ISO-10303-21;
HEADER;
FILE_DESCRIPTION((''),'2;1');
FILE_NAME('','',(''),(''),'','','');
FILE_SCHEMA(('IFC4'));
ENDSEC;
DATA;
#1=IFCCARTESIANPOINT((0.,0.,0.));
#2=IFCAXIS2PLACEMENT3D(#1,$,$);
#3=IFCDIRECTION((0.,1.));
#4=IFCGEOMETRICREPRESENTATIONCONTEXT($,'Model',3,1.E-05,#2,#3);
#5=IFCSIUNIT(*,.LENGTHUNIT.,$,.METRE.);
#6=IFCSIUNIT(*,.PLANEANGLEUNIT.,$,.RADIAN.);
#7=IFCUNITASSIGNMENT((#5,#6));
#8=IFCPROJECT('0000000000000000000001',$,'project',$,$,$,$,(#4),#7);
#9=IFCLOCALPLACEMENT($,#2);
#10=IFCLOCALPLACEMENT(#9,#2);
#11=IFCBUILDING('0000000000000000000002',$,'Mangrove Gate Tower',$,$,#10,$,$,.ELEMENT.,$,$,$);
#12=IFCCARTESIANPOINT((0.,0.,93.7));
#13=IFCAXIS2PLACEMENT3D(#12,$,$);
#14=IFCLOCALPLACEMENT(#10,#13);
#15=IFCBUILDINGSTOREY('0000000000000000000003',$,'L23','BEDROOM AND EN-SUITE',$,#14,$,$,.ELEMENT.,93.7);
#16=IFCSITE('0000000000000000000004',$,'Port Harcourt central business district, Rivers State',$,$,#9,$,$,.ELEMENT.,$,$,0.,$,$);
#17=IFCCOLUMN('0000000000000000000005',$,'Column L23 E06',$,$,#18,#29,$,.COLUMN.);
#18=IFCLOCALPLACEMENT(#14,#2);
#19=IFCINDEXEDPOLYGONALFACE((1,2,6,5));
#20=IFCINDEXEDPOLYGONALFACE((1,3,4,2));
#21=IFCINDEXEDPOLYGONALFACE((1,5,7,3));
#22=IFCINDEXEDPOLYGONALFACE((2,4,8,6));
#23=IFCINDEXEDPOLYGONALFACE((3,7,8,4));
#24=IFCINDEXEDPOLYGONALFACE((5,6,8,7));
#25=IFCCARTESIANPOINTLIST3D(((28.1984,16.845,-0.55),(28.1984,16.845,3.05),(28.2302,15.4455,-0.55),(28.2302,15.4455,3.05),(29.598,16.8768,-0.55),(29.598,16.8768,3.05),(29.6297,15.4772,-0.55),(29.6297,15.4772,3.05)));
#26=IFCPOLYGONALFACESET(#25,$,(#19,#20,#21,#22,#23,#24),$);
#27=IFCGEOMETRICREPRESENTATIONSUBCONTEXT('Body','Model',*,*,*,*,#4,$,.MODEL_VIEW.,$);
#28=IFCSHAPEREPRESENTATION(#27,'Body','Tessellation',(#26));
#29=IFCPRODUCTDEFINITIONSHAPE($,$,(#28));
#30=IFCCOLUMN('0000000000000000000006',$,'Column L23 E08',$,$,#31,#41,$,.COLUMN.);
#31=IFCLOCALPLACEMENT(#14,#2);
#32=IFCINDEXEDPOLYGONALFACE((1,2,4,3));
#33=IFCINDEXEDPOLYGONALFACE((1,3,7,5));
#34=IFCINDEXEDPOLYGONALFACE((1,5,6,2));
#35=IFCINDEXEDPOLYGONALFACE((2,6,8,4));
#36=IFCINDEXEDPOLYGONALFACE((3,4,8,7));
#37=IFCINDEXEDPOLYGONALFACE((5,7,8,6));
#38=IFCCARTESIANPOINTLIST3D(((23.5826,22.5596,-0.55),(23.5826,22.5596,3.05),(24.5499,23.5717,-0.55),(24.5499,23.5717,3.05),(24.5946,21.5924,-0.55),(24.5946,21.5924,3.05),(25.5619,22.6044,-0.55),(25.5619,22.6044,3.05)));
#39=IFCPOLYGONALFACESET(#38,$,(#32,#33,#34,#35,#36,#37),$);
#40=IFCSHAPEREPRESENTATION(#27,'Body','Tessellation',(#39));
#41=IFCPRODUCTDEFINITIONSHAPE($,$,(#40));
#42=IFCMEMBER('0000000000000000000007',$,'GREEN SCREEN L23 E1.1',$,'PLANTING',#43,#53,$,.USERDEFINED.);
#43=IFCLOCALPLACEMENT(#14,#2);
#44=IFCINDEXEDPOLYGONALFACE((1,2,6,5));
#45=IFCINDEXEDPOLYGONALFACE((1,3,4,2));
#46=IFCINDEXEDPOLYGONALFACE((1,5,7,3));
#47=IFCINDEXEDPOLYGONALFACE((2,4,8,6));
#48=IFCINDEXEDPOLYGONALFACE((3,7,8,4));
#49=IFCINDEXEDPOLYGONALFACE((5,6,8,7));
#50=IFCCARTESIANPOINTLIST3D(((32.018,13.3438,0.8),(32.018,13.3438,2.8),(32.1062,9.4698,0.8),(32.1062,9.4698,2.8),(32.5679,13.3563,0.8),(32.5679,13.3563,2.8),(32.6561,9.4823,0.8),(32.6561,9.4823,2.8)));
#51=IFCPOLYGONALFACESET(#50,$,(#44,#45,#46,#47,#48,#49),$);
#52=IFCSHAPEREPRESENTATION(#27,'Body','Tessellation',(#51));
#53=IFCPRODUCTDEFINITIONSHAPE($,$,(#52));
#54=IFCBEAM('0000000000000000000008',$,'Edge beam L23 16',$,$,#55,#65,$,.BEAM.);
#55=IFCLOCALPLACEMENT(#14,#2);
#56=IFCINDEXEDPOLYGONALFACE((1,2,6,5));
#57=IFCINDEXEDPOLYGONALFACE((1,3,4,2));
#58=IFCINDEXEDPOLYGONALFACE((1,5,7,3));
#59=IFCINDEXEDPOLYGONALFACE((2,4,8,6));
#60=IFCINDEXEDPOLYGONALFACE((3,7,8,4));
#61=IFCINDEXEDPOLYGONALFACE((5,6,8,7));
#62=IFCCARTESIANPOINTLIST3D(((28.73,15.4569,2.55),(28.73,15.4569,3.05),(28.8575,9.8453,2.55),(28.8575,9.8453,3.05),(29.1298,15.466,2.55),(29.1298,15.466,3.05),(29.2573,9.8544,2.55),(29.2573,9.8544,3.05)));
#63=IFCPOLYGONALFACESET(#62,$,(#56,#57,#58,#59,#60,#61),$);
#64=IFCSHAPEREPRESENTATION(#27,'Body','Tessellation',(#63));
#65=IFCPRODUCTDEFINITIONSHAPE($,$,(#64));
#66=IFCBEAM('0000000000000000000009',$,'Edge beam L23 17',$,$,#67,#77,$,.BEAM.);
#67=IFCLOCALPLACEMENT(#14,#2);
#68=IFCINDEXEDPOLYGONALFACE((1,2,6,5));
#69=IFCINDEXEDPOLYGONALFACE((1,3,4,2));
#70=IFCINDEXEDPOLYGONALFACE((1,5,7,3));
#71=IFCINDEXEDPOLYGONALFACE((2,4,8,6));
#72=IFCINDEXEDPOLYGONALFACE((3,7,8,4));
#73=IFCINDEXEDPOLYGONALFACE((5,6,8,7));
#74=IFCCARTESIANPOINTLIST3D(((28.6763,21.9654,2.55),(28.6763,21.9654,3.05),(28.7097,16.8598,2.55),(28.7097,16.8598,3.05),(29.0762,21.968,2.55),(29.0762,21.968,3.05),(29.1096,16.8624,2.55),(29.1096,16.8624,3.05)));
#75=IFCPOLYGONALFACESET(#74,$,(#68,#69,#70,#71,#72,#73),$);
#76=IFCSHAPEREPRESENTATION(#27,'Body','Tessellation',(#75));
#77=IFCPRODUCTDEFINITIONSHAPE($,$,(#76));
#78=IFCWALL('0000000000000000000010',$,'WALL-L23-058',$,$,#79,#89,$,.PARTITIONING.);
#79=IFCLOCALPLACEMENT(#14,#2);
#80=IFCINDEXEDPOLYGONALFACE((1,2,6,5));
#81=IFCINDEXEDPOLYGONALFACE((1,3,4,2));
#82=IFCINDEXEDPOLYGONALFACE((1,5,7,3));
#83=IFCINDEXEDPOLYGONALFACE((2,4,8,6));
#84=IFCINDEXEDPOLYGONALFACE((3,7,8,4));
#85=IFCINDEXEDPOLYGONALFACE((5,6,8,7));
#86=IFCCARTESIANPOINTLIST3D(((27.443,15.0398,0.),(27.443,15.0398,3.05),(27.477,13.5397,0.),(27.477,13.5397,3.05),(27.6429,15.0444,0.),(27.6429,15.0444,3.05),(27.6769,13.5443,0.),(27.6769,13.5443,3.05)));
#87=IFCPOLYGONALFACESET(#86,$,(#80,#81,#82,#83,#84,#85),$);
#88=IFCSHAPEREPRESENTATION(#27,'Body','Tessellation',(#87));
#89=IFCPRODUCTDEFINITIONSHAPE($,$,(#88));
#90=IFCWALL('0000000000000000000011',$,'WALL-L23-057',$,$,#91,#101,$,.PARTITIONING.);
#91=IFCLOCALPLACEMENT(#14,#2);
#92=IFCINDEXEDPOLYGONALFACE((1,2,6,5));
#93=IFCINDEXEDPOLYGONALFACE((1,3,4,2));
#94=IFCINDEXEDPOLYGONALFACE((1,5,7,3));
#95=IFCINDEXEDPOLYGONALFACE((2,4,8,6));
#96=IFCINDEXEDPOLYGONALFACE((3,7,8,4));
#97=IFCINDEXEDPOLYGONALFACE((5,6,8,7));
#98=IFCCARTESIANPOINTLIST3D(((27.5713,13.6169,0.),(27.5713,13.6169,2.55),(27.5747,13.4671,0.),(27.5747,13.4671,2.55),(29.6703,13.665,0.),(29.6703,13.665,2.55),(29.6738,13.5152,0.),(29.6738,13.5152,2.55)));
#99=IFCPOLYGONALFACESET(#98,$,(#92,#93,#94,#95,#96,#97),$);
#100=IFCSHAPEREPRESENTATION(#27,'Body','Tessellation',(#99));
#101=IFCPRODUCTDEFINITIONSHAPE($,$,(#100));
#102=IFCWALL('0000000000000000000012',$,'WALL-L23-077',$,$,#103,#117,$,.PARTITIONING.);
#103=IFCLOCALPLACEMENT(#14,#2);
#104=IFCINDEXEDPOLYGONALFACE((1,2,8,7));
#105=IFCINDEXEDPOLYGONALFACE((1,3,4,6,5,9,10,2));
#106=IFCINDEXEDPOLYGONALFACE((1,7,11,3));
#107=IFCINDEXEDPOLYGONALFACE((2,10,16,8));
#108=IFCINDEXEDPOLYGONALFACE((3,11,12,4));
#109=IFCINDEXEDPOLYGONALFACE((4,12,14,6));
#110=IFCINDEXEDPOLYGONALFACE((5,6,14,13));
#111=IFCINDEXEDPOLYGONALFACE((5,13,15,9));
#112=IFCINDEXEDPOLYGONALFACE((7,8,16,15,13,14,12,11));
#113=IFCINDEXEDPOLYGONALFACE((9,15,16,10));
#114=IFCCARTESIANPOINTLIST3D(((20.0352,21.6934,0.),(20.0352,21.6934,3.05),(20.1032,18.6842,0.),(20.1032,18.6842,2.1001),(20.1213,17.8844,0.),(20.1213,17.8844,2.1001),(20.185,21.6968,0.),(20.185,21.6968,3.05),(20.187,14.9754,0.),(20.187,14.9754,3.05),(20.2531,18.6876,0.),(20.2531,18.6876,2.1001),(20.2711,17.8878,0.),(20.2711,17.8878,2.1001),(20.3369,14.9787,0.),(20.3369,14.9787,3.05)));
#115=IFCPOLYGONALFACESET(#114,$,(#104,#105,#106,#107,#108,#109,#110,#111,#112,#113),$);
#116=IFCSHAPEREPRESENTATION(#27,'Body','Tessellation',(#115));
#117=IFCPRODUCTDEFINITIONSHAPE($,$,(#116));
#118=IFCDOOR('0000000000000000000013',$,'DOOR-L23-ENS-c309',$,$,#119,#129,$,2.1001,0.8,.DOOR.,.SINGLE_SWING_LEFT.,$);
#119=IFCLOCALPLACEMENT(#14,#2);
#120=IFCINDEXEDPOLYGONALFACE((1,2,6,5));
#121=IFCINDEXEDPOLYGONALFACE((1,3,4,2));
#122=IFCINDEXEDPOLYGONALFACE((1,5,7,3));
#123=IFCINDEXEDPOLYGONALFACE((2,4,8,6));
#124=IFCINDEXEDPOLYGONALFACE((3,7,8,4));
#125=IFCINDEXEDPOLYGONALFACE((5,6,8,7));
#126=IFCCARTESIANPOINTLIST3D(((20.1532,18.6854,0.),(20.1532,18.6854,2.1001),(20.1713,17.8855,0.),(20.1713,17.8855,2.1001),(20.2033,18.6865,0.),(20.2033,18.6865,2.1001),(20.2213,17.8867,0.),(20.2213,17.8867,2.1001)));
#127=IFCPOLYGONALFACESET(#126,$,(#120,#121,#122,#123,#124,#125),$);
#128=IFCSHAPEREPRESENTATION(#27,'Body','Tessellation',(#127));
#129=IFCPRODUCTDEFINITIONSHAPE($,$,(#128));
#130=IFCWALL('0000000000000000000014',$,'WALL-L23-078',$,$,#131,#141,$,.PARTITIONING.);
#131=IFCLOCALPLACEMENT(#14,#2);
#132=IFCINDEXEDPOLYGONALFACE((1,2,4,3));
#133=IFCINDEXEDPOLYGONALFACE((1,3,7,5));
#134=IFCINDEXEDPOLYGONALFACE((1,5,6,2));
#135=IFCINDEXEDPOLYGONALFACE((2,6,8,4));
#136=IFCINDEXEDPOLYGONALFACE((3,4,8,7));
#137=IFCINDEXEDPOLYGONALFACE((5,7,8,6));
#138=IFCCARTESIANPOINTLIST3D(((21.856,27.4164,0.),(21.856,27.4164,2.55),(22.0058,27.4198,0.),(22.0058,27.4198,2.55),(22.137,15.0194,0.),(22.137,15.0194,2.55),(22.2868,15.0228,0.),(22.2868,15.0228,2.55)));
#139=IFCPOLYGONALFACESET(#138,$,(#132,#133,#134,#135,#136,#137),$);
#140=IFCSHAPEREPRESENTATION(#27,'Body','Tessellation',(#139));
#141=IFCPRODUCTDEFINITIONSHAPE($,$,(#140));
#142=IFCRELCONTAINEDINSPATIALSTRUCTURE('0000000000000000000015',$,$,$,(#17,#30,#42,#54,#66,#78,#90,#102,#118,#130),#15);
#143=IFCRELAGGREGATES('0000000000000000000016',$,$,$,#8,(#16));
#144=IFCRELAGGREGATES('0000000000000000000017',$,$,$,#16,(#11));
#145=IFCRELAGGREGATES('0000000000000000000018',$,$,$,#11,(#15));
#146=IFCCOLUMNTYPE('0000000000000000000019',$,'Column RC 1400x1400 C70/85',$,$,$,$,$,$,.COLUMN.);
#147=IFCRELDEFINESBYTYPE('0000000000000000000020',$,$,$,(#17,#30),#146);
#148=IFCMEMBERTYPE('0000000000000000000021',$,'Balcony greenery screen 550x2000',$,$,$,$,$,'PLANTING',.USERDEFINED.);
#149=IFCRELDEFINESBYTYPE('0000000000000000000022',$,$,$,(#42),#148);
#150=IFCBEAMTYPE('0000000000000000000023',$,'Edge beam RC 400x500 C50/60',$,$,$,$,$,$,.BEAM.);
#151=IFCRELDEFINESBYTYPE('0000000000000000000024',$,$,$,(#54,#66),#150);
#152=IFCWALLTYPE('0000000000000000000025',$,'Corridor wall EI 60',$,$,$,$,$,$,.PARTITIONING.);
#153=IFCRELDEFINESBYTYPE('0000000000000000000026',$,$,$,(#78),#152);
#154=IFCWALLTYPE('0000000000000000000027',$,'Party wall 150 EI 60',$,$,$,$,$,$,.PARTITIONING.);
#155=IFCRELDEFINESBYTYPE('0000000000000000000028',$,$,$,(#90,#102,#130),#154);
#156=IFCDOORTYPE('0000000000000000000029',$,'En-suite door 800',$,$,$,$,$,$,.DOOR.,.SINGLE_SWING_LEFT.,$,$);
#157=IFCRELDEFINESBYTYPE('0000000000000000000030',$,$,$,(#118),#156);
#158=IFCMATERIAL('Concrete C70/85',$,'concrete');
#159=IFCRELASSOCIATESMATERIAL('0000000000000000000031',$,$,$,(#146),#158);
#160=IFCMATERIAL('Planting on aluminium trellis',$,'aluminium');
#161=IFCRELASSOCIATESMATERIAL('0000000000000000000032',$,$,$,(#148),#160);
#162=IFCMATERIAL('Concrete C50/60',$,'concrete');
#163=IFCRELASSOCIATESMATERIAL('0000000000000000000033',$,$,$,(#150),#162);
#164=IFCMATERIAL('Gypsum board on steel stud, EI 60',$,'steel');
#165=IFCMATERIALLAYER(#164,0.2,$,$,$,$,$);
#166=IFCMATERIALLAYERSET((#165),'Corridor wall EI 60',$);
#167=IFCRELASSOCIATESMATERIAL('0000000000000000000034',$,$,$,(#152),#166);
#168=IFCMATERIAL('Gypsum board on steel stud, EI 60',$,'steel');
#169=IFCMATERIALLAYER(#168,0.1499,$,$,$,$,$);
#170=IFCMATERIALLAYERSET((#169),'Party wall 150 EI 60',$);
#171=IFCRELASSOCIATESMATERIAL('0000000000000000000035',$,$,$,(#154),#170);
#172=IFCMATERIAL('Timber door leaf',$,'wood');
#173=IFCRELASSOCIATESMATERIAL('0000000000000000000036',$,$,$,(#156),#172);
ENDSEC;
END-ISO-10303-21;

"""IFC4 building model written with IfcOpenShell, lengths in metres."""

from ifc_helpers import new_model, si_unit, direction, frame, frame_2d, origin, origin_2d, place, context, subcontext, project, spatial, rectangle, extrude, material, layer, layer_set, material_profile, profile_set, type_object, element, fill, save


model = new_model("IFC4")

# Units and contexts
model_context = context("Model", 3, precision=1e-05, world=origin(), true_north=direction((0.0, 1.0)))
body_context = subcontext(model_context, "Body", "Model", "MODEL_VIEW")
ifc_project = project(units=[si_unit("LENGTHUNIT", "METRE"), si_unit("PLANEANGLEUNIT", "RADIAN")], contexts=[model_context])

# Site, building, storey
site_placement = place(None, origin())
site = spatial("IfcSite", under=ifc_project, at=site_placement, Name="Port Harcourt central business district, Rivers State", CompositionType="ELEMENT", RefElevation=0.0)
building_placement = place(site_placement, origin())
building = spatial("IfcBuilding", under=site, at=building_placement, Name="Mangrove Gate Tower", CompositionType="ELEMENT")
storey_placement = place(building_placement, frame((0.0, 0.0, 93.7)))
storey = spatial("IfcBuildingStorey", under=building, at=storey_placement, Name="L23", Description="BEDROOM AND EN-SUITE", CompositionType="ELEMENT", Elevation=93.7)

# Columns
ifc_material_1 = material(Name="Concrete C70/85", Category="concrete")
ifc_material_profile_1 = material_profile(ifc_material_1, rectangle(XDim=1.3999, YDim=1.3999, at=origin_2d()))
ifc_profile_set_1 = profile_set([ifc_material_profile_1], Name="Concrete C70/85")
column_type = type_object("IfcColumnType", Name="Column RC 1400x1400 C70/85", PredefinedType="COLUMN", material=ifc_profile_set_1)
for number, where, z_axis, x_axis, name in (
    (1, (28.9141, 16.1611, -0.55), (0.0, 0.0, 1.0), (-0.022674, 0.999743, 0.0), "Column L23 E06"),
    (2, (24.5723, 22.582, -0.55), (0.0, 0.0, 1.0), (-0.722914, 0.690938, 0.0), "Column L23 E08"),
):
    element("IfcColumn", number, at=place(storey_placement, frame(where, z_axis=z_axis, x_axis=x_axis)), inside=storey, type_object=column_type, Name=name, PredefinedType="COLUMN", context=body_context, shape_type="SweptSolid", body=[
        extrude(rectangle(XDim=1.3999, YDim=1.3999, at=origin_2d()), origin(), (0.0, 0.0, 1.0), 3.6001),
    ])

# Member
ifc_material_2 = material(Name="Planting on aluminium trellis", Category="aluminium")
ifc_material_profile_2 = material_profile(ifc_material_2, rectangle(XDim=0.55, YDim=2.0, at=origin_2d()))
ifc_profile_set_2 = profile_set([ifc_material_profile_2], Name="Planting on aluminium trellis")
member_type = type_object("IfcMemberType", Name="Balcony greenery screen 550x2000", ElementType="PLANTING", PredefinedType="USERDEFINED", material=ifc_profile_set_2)
member_placement = place(storey_placement, frame((32.3811, 9.4761, 1.8), z_axis=(-0.022744, 0.999741, 0.0), x_axis=(-0.999741, -0.022744, 0.0)))
element("IfcMember", 3, at=member_placement, inside=storey, type_object=member_type, Name="GREEN SCREEN L23 E1.1", ObjectType="PLANTING", PredefinedType="USERDEFINED", context=body_context, shape_type="SweptSolid", body=[
    extrude(rectangle(XDim=0.55, YDim=2.0, at=origin_2d()), origin(), (0.0, 0.0, 1.0), 3.875),
])

# Beams
ifc_material_3 = material(Name="Concrete C50/60", Category="concrete")
ifc_material_profile_3 = material_profile(ifc_material_3, rectangle(XDim=0.3999, YDim=0.5, at=origin_2d()))
ifc_profile_set_3 = profile_set([ifc_material_profile_3], Name="Concrete C50/60")
beam_type = type_object("IfcBeamType", Name="Edge beam RC 400x500 C50/60", PredefinedType="BEAM", material=ifc_profile_set_3)
beam_1_placement = place(storey_placement, frame((29.0574, 9.8499, 2.8), z_axis=(-0.022705, 0.999742, 0.0), x_axis=(-0.999742, -0.022705, 0.0)))
element("IfcBeam", 4, at=beam_1_placement, inside=storey, type_object=beam_type, Name="Edge beam L23 16", PredefinedType="BEAM", context=body_context, shape_type="SweptSolid", body=[
    extrude(rectangle(XDim=0.3999, YDim=0.5, at=origin_2d()), origin(), (0.0, 0.0, 1.0), 5.613),
])
beam_2_placement = place(storey_placement, frame((28.9097, 16.8611, 2.8), z_axis=(-0.006551, 0.999979, 0.0), x_axis=(-0.999979, -0.006551, 0.0)))
element("IfcBeam", 5, at=beam_2_placement, inside=storey, type_object=beam_type, Name="Edge beam L23 17", PredefinedType="BEAM", context=body_context, shape_type="SweptSolid", body=[
    extrude(rectangle(XDim=0.3999, YDim=0.5, at=origin_2d()), origin(), (0.0, 0.0, 1.0), 5.1057),
])

# Walls
ifc_material_4 = material(Name="Gypsum board on steel stud, EI 60", Category="steel")
ifc_layer_1 = layer(ifc_material_4, 0.2)
ifc_layer_set_1 = layer_set([ifc_layer_1], Name="Corridor wall EI 60")
wall_type_1 = type_object("IfcWallType", Name="Corridor wall EI 60", PredefinedType="PARTITIONING", material=ifc_layer_set_1)
wall_1_placement = place(storey_placement, frame((27.5769, 13.542, 0.0), z_axis=(0.0, 0.0, 1.0), x_axis=(-0.022618, 0.999744, 0.0)))
element("IfcWall", 6, at=wall_1_placement, inside=storey, type_object=wall_type_1, Name="WALL-L23-058", PredefinedType="PARTITIONING", context=body_context, shape_type="SweptSolid", body=[
    extrude(rectangle(XDim=1.5005, YDim=0.2, at=frame_2d((0.7502, 0.0))), origin(), (0.0, 0.0, 1.0), 3.05),
])
ifc_material_5 = material(Name="Gypsum board on steel stud, EI 60", Category="steel")
ifc_layer_2 = layer(ifc_material_5, 0.1499)
ifc_layer_set_2 = layer_set([ifc_layer_2], Name="Party wall 150 EI 60")
wall_type_2 = type_object("IfcWallType", Name="Party wall 150 EI 60", PredefinedType="PARTITIONING", material=ifc_layer_set_2)
wall_2_placement = place(storey_placement, frame((27.573, 13.542, 0.0), z_axis=(0.0, 0.0, 1.0), x_axis=(0.999738, 0.022906, 0.0)))
element("IfcWall", 7, at=wall_2_placement, inside=storey, type_object=wall_type_2, Name="WALL-L23-057", PredefinedType="PARTITIONING", context=body_context, shape_type="SweptSolid", body=[
    extrude(rectangle(XDim=2.0996, YDim=0.1499, at=frame_2d((1.0498, 0.0))), origin(), (0.0, 0.0, 1.0), 2.55),
])

# Wall, opening, door
wall_3_placement = place(storey_placement, frame((20.262, 14.9771, 0.0), z_axis=(0.0, 0.0, 1.0), x_axis=(-0.022598, 0.999745, 0.0)))
wall_3 = element("IfcWall", 8, at=wall_3_placement, inside=storey, type_object=wall_type_2, Name="WALL-L23-077", PredefinedType="PARTITIONING", context=body_context, shape_type="SweptSolid", body=[
    extrude(rectangle(XDim=6.7197, YDim=0.1499, at=frame_2d((3.3599, 0.0))), origin(), (0.0, 0.0, 1.0), 3.05),
])
opening_placement = place(wall_3_placement, frame((2.9099, 0.0, 0.0)))
opening = element("IfcOpeningElement", 9, at=opening_placement, cuts=wall_3, PredefinedType="OPENING", context=body_context, shape_type="SweptSolid", body=[
    extrude(rectangle(XDim=0.8, YDim=2.1001, at=frame_2d((0.3999, 1.05))), frame((0.0, 0.085, 0.0), z_axis=(0.0, -1.0, 0.0), x_axis=(1.0, 0.0, 0.0)), (0.0, 0.0, 1.0), 0.1699),
])
ifc_material_6 = material(Name="Timber door leaf", Category="wood")
door_type = type_object("IfcDoorType", Name="En-suite door 800", OperationType="SINGLE_SWING_LEFT", PredefinedType="DOOR", material=ifc_material_6)
door_placement = place(opening_placement, origin())
door = element("IfcDoor", 10, at=door_placement, inside=storey, type_object=door_type, Name="DOOR-L23-ENS-c309", OperationType="SINGLE_SWING_LEFT", OverallHeight=2.1001, OverallWidth=0.8, PredefinedType="DOOR", context=body_context, shape_type="SweptSolid", body=[
    extrude(rectangle(XDim=0.8, YDim=2.1001, at=frame_2d((0.3999, 1.05))), frame((0.0, 0.0249, 0.0), z_axis=(0.0, -1.0, 0.0), x_axis=(1.0, 0.0, 0.0)), (0.0, 0.0, 1.0), 0.05),
])
fill(opening, door)

# Wall
wall_4_placement = place(storey_placement, frame((22.2119, 15.021, 0.0), z_axis=(0.0, 0.0, 1.0), x_axis=(-0.022661, 0.999743, 0.0)))
element("IfcWall", 11, at=wall_4_placement, inside=storey, type_object=wall_type_2, Name="WALL-L23-078", PredefinedType="PARTITIONING", context=body_context, shape_type="SweptSolid", body=[
    extrude(rectangle(XDim=12.4001, YDim=0.1499, at=frame_2d((6.2002, 0.0))), origin(), (0.0, 0.0, 1.0), 2.55),
])

save(model, "model.ifc")
